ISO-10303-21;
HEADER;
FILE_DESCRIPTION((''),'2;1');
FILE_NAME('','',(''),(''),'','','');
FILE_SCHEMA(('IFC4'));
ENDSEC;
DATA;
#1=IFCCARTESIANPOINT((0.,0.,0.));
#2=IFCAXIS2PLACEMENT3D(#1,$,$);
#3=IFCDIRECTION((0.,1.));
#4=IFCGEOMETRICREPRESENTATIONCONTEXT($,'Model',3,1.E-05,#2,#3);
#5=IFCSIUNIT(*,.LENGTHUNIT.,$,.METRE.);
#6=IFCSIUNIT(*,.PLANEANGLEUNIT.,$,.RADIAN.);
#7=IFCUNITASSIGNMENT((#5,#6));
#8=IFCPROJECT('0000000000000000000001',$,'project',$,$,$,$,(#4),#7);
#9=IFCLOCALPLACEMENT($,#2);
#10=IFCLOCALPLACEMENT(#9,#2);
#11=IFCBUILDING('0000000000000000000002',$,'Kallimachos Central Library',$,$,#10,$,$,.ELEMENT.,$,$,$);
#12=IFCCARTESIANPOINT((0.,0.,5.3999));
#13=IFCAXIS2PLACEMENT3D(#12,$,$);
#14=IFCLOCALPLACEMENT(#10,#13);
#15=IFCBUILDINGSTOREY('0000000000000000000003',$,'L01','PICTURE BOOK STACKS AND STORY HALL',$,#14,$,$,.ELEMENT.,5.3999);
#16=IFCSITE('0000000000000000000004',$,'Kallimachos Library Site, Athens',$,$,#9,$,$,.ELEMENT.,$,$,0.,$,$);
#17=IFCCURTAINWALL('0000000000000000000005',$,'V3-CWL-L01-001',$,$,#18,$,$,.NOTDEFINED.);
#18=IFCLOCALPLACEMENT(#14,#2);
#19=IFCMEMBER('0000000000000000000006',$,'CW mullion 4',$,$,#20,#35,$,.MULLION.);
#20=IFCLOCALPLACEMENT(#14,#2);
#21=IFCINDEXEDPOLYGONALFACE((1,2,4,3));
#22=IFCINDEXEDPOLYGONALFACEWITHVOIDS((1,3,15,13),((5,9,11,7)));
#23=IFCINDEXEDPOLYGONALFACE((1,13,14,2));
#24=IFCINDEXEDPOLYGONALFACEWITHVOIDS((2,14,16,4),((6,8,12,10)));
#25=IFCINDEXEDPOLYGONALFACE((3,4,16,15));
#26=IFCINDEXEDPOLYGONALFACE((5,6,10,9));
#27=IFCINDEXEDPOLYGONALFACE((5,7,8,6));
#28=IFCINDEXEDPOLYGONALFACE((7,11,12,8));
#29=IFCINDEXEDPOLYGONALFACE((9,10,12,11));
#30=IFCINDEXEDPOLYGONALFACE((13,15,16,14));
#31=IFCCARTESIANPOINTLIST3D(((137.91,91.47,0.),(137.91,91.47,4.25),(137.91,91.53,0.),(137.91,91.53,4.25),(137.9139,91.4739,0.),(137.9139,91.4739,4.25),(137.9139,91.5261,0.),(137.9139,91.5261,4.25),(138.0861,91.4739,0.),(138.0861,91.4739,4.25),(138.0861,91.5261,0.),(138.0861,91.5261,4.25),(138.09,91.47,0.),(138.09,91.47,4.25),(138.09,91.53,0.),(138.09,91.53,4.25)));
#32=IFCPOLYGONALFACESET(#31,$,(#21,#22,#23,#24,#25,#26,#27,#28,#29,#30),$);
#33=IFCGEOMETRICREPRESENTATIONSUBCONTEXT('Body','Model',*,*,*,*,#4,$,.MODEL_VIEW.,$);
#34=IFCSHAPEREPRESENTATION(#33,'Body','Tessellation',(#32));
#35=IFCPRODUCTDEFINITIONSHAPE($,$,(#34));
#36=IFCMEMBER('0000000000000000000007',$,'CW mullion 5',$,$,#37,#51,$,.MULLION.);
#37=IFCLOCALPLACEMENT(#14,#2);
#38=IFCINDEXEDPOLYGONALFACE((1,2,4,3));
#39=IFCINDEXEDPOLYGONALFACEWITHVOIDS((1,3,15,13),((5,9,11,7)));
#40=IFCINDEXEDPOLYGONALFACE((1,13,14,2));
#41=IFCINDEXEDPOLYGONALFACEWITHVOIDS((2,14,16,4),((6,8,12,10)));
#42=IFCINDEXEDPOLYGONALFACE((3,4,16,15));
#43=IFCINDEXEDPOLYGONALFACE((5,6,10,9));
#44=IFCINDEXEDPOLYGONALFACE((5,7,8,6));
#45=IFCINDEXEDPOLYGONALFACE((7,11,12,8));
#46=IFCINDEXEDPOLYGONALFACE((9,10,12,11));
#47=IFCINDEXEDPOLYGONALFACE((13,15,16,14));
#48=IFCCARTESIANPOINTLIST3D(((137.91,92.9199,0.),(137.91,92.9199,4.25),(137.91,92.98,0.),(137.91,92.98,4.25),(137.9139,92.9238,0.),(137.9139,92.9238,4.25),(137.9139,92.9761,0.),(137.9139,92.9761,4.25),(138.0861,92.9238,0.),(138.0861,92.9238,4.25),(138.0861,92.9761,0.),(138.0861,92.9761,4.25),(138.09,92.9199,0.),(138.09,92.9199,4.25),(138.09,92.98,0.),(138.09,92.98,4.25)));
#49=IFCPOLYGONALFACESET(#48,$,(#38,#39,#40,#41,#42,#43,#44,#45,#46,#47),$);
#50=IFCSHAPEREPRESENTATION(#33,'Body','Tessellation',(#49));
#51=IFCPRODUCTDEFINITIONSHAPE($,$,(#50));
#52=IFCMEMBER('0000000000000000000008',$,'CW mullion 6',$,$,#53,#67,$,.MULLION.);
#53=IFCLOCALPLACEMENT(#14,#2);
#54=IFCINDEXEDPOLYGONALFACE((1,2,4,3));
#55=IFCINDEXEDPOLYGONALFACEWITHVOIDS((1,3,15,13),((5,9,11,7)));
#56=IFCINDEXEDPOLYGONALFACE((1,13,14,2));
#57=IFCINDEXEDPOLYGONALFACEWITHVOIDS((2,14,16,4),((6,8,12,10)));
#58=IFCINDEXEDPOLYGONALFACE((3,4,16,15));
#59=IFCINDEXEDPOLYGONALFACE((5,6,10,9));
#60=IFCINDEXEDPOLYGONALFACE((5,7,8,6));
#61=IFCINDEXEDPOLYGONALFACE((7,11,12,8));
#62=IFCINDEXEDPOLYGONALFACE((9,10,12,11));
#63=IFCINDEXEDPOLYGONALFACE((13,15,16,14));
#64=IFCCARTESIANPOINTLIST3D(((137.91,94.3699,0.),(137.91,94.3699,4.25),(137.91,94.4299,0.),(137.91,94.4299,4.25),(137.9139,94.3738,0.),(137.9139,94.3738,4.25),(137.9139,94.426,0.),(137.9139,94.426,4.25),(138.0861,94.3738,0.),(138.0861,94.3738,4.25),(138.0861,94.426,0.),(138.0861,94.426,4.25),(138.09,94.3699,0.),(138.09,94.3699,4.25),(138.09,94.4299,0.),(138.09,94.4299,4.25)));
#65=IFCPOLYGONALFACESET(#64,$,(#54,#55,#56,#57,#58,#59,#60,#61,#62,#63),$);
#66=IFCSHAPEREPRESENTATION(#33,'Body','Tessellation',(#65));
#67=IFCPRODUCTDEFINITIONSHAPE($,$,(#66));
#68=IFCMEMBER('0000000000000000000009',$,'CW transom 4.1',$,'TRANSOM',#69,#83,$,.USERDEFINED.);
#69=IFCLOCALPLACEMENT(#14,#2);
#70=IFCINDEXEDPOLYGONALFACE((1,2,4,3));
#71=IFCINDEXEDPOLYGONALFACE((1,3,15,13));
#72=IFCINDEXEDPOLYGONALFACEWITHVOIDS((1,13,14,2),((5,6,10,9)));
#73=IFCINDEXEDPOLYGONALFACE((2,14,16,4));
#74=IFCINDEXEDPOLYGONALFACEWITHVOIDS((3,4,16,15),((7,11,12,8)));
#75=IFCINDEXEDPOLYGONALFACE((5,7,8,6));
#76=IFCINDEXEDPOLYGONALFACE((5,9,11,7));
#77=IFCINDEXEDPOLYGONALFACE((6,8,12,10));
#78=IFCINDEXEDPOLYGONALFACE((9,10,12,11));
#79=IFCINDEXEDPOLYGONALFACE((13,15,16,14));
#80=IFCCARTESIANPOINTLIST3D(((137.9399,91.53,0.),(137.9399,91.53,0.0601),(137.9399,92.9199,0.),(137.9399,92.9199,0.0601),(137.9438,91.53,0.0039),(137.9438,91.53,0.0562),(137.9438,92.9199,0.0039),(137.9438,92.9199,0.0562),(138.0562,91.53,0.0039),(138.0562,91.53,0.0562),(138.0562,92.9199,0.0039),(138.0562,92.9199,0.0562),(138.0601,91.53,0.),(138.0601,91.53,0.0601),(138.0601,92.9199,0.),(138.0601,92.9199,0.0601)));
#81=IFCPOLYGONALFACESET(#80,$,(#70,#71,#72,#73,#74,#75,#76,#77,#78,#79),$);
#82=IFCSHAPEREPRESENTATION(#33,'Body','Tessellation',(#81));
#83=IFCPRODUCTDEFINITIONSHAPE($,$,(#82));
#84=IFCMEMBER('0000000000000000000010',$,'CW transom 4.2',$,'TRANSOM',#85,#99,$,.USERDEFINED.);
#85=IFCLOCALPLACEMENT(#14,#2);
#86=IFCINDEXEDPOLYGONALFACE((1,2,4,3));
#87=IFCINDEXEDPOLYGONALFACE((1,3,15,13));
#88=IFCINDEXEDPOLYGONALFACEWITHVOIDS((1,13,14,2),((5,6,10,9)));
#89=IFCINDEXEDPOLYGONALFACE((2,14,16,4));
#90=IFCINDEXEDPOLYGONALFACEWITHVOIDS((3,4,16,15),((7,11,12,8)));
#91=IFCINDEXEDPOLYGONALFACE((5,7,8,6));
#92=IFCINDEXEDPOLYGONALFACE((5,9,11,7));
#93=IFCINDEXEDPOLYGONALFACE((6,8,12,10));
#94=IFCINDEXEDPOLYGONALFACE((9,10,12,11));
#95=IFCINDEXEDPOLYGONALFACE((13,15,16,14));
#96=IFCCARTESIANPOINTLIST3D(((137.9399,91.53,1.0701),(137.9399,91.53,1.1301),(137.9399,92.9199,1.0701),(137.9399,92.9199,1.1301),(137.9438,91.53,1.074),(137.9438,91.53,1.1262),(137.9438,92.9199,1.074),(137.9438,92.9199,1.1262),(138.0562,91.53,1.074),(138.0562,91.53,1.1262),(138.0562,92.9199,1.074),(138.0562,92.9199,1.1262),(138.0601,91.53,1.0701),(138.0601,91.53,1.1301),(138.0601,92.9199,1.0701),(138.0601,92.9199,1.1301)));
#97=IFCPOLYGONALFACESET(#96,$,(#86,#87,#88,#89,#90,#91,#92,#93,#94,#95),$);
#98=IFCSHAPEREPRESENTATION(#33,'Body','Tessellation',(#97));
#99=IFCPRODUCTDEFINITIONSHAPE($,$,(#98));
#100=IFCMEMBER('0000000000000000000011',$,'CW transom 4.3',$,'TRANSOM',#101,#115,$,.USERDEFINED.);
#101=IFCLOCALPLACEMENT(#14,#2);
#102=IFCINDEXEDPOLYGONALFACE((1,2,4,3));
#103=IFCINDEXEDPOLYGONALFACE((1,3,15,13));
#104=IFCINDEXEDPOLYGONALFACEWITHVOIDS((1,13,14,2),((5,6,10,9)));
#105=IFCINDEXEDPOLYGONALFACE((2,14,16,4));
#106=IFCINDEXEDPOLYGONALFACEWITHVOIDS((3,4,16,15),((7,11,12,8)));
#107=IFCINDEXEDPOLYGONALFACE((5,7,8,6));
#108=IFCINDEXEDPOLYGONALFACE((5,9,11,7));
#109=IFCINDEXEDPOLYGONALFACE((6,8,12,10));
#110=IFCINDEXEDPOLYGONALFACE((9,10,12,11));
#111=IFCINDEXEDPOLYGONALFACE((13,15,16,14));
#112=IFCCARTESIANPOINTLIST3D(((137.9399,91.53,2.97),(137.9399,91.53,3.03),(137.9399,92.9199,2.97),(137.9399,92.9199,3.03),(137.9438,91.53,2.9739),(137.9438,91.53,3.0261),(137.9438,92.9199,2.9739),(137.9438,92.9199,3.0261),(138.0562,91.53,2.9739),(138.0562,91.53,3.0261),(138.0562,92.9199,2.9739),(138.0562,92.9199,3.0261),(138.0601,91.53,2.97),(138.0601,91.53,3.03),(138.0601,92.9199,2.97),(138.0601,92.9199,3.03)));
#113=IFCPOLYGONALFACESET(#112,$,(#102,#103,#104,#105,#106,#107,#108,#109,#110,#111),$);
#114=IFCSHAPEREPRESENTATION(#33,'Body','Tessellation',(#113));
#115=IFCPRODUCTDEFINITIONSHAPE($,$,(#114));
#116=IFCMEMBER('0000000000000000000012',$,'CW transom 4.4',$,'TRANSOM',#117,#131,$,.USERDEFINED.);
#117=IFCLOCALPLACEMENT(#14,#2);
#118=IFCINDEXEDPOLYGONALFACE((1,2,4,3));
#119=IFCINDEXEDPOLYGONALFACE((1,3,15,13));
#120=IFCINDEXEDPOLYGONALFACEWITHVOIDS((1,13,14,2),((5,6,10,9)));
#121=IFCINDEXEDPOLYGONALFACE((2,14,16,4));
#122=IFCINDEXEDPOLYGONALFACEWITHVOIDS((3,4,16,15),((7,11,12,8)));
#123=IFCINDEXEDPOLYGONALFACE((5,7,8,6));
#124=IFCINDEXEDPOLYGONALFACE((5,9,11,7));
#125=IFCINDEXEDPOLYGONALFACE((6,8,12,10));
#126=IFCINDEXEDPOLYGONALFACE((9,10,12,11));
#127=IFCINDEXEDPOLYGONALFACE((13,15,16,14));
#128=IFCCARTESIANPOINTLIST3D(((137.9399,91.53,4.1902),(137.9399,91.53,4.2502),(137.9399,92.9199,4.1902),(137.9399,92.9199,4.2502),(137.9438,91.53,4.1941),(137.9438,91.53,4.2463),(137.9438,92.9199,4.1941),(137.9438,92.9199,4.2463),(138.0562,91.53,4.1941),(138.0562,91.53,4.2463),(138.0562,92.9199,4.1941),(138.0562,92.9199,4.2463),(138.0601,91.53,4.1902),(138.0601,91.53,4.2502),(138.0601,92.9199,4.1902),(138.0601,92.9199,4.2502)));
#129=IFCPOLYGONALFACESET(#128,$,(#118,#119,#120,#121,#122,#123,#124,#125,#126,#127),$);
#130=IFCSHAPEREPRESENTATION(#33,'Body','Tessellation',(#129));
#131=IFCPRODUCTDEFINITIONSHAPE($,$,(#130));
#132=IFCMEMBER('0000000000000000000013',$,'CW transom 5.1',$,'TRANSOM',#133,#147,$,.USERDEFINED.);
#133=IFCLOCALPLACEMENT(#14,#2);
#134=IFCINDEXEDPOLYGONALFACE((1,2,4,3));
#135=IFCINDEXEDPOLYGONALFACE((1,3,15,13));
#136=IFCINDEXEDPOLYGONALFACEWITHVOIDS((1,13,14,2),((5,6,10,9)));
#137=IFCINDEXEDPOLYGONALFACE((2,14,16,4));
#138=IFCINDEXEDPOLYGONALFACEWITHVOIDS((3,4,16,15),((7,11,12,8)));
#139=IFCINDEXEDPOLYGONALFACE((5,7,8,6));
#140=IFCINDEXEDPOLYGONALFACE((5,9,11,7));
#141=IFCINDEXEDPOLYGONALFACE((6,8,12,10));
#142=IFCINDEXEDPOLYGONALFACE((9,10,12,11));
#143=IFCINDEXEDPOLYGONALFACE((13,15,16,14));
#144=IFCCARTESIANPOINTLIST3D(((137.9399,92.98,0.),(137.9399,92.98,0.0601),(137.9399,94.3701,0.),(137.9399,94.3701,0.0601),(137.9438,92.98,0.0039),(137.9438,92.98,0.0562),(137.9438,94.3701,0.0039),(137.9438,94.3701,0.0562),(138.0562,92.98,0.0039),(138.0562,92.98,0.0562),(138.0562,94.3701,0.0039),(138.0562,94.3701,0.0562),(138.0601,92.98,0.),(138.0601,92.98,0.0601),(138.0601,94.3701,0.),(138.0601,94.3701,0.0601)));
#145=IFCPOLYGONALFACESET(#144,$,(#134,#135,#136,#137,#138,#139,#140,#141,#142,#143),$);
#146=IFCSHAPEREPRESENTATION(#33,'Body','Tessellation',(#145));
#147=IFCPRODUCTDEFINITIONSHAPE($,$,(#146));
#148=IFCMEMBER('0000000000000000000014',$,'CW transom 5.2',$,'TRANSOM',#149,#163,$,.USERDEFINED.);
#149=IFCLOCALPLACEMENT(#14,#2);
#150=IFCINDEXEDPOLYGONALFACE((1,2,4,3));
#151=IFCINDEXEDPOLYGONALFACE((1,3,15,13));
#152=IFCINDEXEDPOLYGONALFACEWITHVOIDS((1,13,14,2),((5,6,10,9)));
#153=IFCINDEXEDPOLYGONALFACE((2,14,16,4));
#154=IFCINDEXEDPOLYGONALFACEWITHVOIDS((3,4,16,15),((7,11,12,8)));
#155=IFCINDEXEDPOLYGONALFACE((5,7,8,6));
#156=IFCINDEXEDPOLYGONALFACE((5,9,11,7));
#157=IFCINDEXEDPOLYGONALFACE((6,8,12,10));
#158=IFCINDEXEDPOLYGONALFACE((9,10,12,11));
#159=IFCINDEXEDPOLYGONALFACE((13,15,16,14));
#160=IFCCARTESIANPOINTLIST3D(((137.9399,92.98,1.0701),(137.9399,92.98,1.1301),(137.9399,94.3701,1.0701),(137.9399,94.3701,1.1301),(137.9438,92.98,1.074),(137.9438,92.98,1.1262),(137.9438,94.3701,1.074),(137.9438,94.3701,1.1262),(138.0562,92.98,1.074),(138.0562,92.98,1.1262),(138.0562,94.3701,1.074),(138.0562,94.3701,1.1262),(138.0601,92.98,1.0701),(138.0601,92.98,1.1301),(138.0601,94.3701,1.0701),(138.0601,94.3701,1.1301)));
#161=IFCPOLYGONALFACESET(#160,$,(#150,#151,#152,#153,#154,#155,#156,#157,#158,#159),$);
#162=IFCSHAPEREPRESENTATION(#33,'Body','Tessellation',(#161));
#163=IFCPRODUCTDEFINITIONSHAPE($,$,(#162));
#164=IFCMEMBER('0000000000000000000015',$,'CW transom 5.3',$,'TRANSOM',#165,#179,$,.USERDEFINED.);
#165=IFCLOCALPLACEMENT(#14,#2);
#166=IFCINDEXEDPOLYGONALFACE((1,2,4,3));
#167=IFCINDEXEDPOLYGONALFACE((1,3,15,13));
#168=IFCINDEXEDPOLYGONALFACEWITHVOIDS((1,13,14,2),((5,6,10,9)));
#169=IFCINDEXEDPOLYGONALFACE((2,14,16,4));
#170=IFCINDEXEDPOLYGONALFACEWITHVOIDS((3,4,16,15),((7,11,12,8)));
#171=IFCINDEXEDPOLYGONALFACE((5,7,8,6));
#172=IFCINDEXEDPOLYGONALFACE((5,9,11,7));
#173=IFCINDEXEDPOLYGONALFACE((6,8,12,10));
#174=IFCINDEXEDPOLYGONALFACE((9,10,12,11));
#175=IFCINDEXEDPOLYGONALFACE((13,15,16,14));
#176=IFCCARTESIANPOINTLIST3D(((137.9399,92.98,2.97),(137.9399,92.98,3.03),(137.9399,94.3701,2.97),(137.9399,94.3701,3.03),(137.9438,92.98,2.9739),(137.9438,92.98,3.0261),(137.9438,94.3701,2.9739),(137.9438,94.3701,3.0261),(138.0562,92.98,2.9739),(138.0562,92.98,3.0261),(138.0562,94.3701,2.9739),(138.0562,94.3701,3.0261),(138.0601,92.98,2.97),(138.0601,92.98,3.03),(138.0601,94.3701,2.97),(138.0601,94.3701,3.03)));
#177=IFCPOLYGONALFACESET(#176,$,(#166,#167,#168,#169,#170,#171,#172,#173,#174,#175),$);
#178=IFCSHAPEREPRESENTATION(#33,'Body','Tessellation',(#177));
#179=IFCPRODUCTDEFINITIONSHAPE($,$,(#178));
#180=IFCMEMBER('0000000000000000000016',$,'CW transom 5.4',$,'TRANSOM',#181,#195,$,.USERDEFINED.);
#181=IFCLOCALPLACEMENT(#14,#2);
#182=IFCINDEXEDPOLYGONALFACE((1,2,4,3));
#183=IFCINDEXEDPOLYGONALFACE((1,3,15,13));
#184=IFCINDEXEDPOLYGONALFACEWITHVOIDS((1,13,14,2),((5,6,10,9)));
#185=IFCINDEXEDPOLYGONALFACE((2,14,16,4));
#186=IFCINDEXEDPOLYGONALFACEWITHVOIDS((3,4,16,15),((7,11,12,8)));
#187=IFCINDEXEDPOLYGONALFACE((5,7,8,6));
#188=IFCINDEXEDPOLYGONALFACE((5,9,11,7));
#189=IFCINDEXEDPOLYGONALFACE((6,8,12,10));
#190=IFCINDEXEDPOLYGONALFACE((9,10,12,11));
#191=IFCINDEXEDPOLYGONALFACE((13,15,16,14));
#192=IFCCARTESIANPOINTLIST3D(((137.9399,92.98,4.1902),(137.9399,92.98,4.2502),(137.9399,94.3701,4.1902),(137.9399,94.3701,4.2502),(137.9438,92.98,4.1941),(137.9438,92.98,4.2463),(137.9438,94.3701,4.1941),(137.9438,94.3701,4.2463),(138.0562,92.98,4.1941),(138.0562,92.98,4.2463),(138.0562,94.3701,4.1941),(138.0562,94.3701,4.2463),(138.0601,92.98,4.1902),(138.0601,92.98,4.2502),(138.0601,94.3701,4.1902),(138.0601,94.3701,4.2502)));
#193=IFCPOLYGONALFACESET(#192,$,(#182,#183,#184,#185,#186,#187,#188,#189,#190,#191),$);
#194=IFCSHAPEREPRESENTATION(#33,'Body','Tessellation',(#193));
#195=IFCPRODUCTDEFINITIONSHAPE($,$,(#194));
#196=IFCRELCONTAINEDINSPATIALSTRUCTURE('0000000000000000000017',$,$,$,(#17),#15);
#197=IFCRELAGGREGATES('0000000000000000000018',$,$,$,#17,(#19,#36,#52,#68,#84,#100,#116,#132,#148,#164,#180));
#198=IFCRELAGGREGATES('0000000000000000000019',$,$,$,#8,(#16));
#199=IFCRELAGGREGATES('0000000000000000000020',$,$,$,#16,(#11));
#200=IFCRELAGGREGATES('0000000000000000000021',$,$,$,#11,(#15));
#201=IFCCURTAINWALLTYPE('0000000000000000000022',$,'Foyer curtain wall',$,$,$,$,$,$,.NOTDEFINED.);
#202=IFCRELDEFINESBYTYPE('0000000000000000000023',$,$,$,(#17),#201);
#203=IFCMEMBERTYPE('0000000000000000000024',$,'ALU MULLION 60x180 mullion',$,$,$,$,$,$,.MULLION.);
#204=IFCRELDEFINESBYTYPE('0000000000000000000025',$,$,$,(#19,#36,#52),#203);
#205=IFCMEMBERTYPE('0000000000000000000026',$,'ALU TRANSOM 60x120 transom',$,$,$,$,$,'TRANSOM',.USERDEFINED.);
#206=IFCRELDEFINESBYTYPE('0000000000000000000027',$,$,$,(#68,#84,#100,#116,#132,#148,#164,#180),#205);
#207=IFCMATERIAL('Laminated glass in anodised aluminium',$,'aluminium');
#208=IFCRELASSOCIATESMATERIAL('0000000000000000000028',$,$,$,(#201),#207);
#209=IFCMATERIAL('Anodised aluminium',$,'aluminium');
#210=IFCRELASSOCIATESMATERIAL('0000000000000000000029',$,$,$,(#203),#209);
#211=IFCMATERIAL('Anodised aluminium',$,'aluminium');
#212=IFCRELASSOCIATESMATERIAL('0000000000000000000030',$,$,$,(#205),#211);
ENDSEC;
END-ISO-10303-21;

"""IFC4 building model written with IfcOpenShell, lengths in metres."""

from ifc_helpers import new_model, si_unit, direction, frame, origin, origin_2d, place, context, subcontext, project, spatial, hollow_rectangle, extrude, material, material_profile, profile_set, type_object, element, aggregate, save


model = new_model("IFC4")

# Units and contexts
model_context = context("Model", 3, precision=1e-05, world=origin(), true_north=direction((0.0, 1.0)))
body_context = subcontext(model_context, "Body", "Model", "MODEL_VIEW")
ifc_project = project(units=[si_unit("LENGTHUNIT", "METRE"), si_unit("PLANEANGLEUNIT", "RADIAN")], contexts=[model_context])

# Site, building, storey
site_placement = place(None, origin())
site = spatial("IfcSite", under=ifc_project, at=site_placement, Name="Kallimachos Library Site, Athens", CompositionType="ELEMENT", RefElevation=0.0)
building_placement = place(site_placement, origin())
building = spatial("IfcBuilding", under=site, at=building_placement, Name="Kallimachos Central Library", CompositionType="ELEMENT")
storey_placement = place(building_placement, frame((0.0, 0.0, 5.3999)))
storey = spatial("IfcBuildingStorey", under=building, at=storey_placement, Name="L01", Description="PICTURE BOOK STACKS AND STORY HALL", CompositionType="ELEMENT", Elevation=5.3999)

# Curtain wall, members
ifc_material_1 = material(Name="Laminated glass in anodised aluminium", Category="aluminium")
curtain_wall_type = type_object("IfcCurtainWallType", Name="Foyer curtain wall", PredefinedType="NOTDEFINED", material=ifc_material_1)
curtain_wall_placement = place(storey_placement, origin())
curtain_wall = element("IfcCurtainWall", 1, at=curtain_wall_placement, inside=storey, type_object=curtain_wall_type, Name="V3-CWL-L01-001", PredefinedType="NOTDEFINED")
ifc_material_2 = material(Name="Anodised aluminium", Category="aluminium")
ifc_material_profile_1 = material_profile(ifc_material_2, hollow_rectangle(XDim=0.0601, YDim=0.1799, WallThickness=0.0039, at=origin_2d()), Name="ALU MULLION 60x180")
ifc_profile_set_1 = profile_set([ifc_material_profile_1], Name="Anodised aluminium")
member_type_1 = type_object("IfcMemberType", Name="ALU MULLION 60x180 mullion", PredefinedType="MULLION", material=ifc_profile_set_1)
member_1_placement = place(storey_placement, frame((138.0, 91.5, 0.0), z_axis=(0.0, 0.0, 1.0), x_axis=(0.0, 1.0, 0.0)))
member_1 = element("IfcMember", 2, at=member_1_placement, type_object=member_type_1, Name="CW mullion 4", PredefinedType="MULLION", context=body_context, shape_type="SweptSolid", body=[
    extrude(hollow_rectangle(XDim=0.0601, YDim=0.1799, WallThickness=0.0039, at=origin_2d()), origin(), (0.0, 0.0, 1.0), 4.25),
])
member_2_placement = place(storey_placement, frame((138.0, 92.95, 0.0), z_axis=(0.0, 0.0, 1.0), x_axis=(0.0, 1.0, 0.0)))
member_2 = element("IfcMember", 3, at=member_2_placement, type_object=member_type_1, Name="CW mullion 5", PredefinedType="MULLION", context=body_context, shape_type="SweptSolid", body=[
    extrude(hollow_rectangle(XDim=0.0601, YDim=0.1799, WallThickness=0.0039, at=origin_2d()), origin(), (0.0, 0.0, 1.0), 4.25),
])
member_3_placement = place(storey_placement, frame((138.0, 94.3999, 0.0), z_axis=(0.0, 0.0, 1.0), x_axis=(0.0, 1.0, 0.0)))
member_3 = element("IfcMember", 4, at=member_3_placement, type_object=member_type_1, Name="CW mullion 6", PredefinedType="MULLION", context=body_context, shape_type="SweptSolid", body=[
    extrude(hollow_rectangle(XDim=0.0601, YDim=0.1799, WallThickness=0.0039, at=origin_2d()), origin(), (0.0, 0.0, 1.0), 4.25),
])
ifc_material_3 = material(Name="Anodised aluminium", Category="aluminium")
ifc_material_profile_2 = material_profile(ifc_material_3, hollow_rectangle(XDim=0.0601, YDim=0.1201, WallThickness=0.0039, at=origin_2d()), Name="ALU TRANSOM 60x120")
ifc_profile_set_2 = profile_set([ifc_material_profile_2], Name="Anodised aluminium")
member_type_2 = type_object("IfcMemberType", Name="ALU TRANSOM 60x120 transom", ElementType="TRANSOM", PredefinedType="USERDEFINED", material=ifc_profile_set_2)
member_4_placement = place(storey_placement, frame((138.0, 91.53, 0.03), z_axis=(0.0, 1.0, 0.0), x_axis=(0.0, 0.0, 1.0)))
member_4 = element("IfcMember", 5, at=member_4_placement, type_object=member_type_2, Name="CW transom 4.1", ObjectType="TRANSOM", PredefinedType="USERDEFINED", context=body_context, shape_type="SweptSolid", body=[
    extrude(hollow_rectangle(XDim=0.0601, YDim=0.1201, WallThickness=0.0039, at=origin_2d()), origin(), (0.0, 0.0, 1.0), 1.3899),
])
member_5_placement = place(storey_placement, frame((138.0, 91.53, 1.1001), z_axis=(0.0, 1.0, 0.0), x_axis=(0.0, 0.0, 1.0)))
member_5 = element("IfcMember", 6, at=member_5_placement, type_object=member_type_2, Name="CW transom 4.2", ObjectType="TRANSOM", PredefinedType="USERDEFINED", context=body_context, shape_type="SweptSolid", body=[
    extrude(hollow_rectangle(XDim=0.0601, YDim=0.1201, WallThickness=0.0039, at=origin_2d()), origin(), (0.0, 0.0, 1.0), 1.3899),
])
member_6_placement = place(storey_placement, frame((138.0, 91.53, 3.0), z_axis=(0.0, 1.0, 0.0), x_axis=(0.0, 0.0, 1.0)))
member_6 = element("IfcMember", 7, at=member_6_placement, type_object=member_type_2, Name="CW transom 4.3", ObjectType="TRANSOM", PredefinedType="USERDEFINED", context=body_context, shape_type="SweptSolid", body=[
    extrude(hollow_rectangle(XDim=0.0601, YDim=0.1201, WallThickness=0.0039, at=origin_2d()), origin(), (0.0, 0.0, 1.0), 1.3899),
])
member_7_placement = place(storey_placement, frame((138.0, 91.53, 4.2202), z_axis=(0.0, 1.0, 0.0), x_axis=(0.0, 0.0, 1.0)))
member_7 = element("IfcMember", 8, at=member_7_placement, type_object=member_type_2, Name="CW transom 4.4", ObjectType="TRANSOM", PredefinedType="USERDEFINED", context=body_context, shape_type="SweptSolid", body=[
    extrude(hollow_rectangle(XDim=0.0601, YDim=0.1201, WallThickness=0.0039, at=origin_2d()), origin(), (0.0, 0.0, 1.0), 1.3899),
])
member_8_placement = place(storey_placement, frame((138.0, 92.98, 0.03), z_axis=(0.0, 1.0, 0.0), x_axis=(0.0, 0.0, 1.0)))
member_8 = element("IfcMember", 9, at=member_8_placement, type_object=member_type_2, Name="CW transom 5.1", ObjectType="TRANSOM", PredefinedType="USERDEFINED", context=body_context, shape_type="SweptSolid", body=[
    extrude(hollow_rectangle(XDim=0.0601, YDim=0.1201, WallThickness=0.0039, at=origin_2d()), origin(), (0.0, 0.0, 1.0), 1.3901),
])
member_9_placement = place(storey_placement, frame((138.0, 92.98, 1.1001), z_axis=(0.0, 1.0, 0.0), x_axis=(0.0, 0.0, 1.0)))
member_9 = element("IfcMember", 10, at=member_9_placement, type_object=member_type_2, Name="CW transom 5.2", ObjectType="TRANSOM", PredefinedType="USERDEFINED", context=body_context, shape_type="SweptSolid", body=[
    extrude(hollow_rectangle(XDim=0.0601, YDim=0.1201, WallThickness=0.0039, at=origin_2d()), origin(), (0.0, 0.0, 1.0), 1.3901),
])
member_10_placement = place(storey_placement, frame((138.0, 92.98, 3.0), z_axis=(0.0, 1.0, 0.0), x_axis=(0.0, 0.0, 1.0)))
member_10 = element("IfcMember", 11, at=member_10_placement, type_object=member_type_2, Name="CW transom 5.3", ObjectType="TRANSOM", PredefinedType="USERDEFINED", context=body_context, shape_type="SweptSolid", body=[
    extrude(hollow_rectangle(XDim=0.0601, YDim=0.1201, WallThickness=0.0039, at=origin_2d()), origin(), (0.0, 0.0, 1.0), 1.3901),
])
member_11_placement = place(storey_placement, frame((138.0, 92.98, 4.2202), z_axis=(0.0, 1.0, 0.0), x_axis=(0.0, 0.0, 1.0)))
member_11 = element("IfcMember", 12, at=member_11_placement, type_object=member_type_2, Name="CW transom 5.4", ObjectType="TRANSOM", PredefinedType="USERDEFINED", context=body_context, shape_type="SweptSolid", body=[
    extrude(hollow_rectangle(XDim=0.0601, YDim=0.1201, WallThickness=0.0039, at=origin_2d()), origin(), (0.0, 0.0, 1.0), 1.3901),
])
aggregate(curtain_wall, [member_1, member_2, member_3, member_4, member_5, member_6, member_7, member_8, member_9, member_10, member_11])

save(model, "model.ifc")
